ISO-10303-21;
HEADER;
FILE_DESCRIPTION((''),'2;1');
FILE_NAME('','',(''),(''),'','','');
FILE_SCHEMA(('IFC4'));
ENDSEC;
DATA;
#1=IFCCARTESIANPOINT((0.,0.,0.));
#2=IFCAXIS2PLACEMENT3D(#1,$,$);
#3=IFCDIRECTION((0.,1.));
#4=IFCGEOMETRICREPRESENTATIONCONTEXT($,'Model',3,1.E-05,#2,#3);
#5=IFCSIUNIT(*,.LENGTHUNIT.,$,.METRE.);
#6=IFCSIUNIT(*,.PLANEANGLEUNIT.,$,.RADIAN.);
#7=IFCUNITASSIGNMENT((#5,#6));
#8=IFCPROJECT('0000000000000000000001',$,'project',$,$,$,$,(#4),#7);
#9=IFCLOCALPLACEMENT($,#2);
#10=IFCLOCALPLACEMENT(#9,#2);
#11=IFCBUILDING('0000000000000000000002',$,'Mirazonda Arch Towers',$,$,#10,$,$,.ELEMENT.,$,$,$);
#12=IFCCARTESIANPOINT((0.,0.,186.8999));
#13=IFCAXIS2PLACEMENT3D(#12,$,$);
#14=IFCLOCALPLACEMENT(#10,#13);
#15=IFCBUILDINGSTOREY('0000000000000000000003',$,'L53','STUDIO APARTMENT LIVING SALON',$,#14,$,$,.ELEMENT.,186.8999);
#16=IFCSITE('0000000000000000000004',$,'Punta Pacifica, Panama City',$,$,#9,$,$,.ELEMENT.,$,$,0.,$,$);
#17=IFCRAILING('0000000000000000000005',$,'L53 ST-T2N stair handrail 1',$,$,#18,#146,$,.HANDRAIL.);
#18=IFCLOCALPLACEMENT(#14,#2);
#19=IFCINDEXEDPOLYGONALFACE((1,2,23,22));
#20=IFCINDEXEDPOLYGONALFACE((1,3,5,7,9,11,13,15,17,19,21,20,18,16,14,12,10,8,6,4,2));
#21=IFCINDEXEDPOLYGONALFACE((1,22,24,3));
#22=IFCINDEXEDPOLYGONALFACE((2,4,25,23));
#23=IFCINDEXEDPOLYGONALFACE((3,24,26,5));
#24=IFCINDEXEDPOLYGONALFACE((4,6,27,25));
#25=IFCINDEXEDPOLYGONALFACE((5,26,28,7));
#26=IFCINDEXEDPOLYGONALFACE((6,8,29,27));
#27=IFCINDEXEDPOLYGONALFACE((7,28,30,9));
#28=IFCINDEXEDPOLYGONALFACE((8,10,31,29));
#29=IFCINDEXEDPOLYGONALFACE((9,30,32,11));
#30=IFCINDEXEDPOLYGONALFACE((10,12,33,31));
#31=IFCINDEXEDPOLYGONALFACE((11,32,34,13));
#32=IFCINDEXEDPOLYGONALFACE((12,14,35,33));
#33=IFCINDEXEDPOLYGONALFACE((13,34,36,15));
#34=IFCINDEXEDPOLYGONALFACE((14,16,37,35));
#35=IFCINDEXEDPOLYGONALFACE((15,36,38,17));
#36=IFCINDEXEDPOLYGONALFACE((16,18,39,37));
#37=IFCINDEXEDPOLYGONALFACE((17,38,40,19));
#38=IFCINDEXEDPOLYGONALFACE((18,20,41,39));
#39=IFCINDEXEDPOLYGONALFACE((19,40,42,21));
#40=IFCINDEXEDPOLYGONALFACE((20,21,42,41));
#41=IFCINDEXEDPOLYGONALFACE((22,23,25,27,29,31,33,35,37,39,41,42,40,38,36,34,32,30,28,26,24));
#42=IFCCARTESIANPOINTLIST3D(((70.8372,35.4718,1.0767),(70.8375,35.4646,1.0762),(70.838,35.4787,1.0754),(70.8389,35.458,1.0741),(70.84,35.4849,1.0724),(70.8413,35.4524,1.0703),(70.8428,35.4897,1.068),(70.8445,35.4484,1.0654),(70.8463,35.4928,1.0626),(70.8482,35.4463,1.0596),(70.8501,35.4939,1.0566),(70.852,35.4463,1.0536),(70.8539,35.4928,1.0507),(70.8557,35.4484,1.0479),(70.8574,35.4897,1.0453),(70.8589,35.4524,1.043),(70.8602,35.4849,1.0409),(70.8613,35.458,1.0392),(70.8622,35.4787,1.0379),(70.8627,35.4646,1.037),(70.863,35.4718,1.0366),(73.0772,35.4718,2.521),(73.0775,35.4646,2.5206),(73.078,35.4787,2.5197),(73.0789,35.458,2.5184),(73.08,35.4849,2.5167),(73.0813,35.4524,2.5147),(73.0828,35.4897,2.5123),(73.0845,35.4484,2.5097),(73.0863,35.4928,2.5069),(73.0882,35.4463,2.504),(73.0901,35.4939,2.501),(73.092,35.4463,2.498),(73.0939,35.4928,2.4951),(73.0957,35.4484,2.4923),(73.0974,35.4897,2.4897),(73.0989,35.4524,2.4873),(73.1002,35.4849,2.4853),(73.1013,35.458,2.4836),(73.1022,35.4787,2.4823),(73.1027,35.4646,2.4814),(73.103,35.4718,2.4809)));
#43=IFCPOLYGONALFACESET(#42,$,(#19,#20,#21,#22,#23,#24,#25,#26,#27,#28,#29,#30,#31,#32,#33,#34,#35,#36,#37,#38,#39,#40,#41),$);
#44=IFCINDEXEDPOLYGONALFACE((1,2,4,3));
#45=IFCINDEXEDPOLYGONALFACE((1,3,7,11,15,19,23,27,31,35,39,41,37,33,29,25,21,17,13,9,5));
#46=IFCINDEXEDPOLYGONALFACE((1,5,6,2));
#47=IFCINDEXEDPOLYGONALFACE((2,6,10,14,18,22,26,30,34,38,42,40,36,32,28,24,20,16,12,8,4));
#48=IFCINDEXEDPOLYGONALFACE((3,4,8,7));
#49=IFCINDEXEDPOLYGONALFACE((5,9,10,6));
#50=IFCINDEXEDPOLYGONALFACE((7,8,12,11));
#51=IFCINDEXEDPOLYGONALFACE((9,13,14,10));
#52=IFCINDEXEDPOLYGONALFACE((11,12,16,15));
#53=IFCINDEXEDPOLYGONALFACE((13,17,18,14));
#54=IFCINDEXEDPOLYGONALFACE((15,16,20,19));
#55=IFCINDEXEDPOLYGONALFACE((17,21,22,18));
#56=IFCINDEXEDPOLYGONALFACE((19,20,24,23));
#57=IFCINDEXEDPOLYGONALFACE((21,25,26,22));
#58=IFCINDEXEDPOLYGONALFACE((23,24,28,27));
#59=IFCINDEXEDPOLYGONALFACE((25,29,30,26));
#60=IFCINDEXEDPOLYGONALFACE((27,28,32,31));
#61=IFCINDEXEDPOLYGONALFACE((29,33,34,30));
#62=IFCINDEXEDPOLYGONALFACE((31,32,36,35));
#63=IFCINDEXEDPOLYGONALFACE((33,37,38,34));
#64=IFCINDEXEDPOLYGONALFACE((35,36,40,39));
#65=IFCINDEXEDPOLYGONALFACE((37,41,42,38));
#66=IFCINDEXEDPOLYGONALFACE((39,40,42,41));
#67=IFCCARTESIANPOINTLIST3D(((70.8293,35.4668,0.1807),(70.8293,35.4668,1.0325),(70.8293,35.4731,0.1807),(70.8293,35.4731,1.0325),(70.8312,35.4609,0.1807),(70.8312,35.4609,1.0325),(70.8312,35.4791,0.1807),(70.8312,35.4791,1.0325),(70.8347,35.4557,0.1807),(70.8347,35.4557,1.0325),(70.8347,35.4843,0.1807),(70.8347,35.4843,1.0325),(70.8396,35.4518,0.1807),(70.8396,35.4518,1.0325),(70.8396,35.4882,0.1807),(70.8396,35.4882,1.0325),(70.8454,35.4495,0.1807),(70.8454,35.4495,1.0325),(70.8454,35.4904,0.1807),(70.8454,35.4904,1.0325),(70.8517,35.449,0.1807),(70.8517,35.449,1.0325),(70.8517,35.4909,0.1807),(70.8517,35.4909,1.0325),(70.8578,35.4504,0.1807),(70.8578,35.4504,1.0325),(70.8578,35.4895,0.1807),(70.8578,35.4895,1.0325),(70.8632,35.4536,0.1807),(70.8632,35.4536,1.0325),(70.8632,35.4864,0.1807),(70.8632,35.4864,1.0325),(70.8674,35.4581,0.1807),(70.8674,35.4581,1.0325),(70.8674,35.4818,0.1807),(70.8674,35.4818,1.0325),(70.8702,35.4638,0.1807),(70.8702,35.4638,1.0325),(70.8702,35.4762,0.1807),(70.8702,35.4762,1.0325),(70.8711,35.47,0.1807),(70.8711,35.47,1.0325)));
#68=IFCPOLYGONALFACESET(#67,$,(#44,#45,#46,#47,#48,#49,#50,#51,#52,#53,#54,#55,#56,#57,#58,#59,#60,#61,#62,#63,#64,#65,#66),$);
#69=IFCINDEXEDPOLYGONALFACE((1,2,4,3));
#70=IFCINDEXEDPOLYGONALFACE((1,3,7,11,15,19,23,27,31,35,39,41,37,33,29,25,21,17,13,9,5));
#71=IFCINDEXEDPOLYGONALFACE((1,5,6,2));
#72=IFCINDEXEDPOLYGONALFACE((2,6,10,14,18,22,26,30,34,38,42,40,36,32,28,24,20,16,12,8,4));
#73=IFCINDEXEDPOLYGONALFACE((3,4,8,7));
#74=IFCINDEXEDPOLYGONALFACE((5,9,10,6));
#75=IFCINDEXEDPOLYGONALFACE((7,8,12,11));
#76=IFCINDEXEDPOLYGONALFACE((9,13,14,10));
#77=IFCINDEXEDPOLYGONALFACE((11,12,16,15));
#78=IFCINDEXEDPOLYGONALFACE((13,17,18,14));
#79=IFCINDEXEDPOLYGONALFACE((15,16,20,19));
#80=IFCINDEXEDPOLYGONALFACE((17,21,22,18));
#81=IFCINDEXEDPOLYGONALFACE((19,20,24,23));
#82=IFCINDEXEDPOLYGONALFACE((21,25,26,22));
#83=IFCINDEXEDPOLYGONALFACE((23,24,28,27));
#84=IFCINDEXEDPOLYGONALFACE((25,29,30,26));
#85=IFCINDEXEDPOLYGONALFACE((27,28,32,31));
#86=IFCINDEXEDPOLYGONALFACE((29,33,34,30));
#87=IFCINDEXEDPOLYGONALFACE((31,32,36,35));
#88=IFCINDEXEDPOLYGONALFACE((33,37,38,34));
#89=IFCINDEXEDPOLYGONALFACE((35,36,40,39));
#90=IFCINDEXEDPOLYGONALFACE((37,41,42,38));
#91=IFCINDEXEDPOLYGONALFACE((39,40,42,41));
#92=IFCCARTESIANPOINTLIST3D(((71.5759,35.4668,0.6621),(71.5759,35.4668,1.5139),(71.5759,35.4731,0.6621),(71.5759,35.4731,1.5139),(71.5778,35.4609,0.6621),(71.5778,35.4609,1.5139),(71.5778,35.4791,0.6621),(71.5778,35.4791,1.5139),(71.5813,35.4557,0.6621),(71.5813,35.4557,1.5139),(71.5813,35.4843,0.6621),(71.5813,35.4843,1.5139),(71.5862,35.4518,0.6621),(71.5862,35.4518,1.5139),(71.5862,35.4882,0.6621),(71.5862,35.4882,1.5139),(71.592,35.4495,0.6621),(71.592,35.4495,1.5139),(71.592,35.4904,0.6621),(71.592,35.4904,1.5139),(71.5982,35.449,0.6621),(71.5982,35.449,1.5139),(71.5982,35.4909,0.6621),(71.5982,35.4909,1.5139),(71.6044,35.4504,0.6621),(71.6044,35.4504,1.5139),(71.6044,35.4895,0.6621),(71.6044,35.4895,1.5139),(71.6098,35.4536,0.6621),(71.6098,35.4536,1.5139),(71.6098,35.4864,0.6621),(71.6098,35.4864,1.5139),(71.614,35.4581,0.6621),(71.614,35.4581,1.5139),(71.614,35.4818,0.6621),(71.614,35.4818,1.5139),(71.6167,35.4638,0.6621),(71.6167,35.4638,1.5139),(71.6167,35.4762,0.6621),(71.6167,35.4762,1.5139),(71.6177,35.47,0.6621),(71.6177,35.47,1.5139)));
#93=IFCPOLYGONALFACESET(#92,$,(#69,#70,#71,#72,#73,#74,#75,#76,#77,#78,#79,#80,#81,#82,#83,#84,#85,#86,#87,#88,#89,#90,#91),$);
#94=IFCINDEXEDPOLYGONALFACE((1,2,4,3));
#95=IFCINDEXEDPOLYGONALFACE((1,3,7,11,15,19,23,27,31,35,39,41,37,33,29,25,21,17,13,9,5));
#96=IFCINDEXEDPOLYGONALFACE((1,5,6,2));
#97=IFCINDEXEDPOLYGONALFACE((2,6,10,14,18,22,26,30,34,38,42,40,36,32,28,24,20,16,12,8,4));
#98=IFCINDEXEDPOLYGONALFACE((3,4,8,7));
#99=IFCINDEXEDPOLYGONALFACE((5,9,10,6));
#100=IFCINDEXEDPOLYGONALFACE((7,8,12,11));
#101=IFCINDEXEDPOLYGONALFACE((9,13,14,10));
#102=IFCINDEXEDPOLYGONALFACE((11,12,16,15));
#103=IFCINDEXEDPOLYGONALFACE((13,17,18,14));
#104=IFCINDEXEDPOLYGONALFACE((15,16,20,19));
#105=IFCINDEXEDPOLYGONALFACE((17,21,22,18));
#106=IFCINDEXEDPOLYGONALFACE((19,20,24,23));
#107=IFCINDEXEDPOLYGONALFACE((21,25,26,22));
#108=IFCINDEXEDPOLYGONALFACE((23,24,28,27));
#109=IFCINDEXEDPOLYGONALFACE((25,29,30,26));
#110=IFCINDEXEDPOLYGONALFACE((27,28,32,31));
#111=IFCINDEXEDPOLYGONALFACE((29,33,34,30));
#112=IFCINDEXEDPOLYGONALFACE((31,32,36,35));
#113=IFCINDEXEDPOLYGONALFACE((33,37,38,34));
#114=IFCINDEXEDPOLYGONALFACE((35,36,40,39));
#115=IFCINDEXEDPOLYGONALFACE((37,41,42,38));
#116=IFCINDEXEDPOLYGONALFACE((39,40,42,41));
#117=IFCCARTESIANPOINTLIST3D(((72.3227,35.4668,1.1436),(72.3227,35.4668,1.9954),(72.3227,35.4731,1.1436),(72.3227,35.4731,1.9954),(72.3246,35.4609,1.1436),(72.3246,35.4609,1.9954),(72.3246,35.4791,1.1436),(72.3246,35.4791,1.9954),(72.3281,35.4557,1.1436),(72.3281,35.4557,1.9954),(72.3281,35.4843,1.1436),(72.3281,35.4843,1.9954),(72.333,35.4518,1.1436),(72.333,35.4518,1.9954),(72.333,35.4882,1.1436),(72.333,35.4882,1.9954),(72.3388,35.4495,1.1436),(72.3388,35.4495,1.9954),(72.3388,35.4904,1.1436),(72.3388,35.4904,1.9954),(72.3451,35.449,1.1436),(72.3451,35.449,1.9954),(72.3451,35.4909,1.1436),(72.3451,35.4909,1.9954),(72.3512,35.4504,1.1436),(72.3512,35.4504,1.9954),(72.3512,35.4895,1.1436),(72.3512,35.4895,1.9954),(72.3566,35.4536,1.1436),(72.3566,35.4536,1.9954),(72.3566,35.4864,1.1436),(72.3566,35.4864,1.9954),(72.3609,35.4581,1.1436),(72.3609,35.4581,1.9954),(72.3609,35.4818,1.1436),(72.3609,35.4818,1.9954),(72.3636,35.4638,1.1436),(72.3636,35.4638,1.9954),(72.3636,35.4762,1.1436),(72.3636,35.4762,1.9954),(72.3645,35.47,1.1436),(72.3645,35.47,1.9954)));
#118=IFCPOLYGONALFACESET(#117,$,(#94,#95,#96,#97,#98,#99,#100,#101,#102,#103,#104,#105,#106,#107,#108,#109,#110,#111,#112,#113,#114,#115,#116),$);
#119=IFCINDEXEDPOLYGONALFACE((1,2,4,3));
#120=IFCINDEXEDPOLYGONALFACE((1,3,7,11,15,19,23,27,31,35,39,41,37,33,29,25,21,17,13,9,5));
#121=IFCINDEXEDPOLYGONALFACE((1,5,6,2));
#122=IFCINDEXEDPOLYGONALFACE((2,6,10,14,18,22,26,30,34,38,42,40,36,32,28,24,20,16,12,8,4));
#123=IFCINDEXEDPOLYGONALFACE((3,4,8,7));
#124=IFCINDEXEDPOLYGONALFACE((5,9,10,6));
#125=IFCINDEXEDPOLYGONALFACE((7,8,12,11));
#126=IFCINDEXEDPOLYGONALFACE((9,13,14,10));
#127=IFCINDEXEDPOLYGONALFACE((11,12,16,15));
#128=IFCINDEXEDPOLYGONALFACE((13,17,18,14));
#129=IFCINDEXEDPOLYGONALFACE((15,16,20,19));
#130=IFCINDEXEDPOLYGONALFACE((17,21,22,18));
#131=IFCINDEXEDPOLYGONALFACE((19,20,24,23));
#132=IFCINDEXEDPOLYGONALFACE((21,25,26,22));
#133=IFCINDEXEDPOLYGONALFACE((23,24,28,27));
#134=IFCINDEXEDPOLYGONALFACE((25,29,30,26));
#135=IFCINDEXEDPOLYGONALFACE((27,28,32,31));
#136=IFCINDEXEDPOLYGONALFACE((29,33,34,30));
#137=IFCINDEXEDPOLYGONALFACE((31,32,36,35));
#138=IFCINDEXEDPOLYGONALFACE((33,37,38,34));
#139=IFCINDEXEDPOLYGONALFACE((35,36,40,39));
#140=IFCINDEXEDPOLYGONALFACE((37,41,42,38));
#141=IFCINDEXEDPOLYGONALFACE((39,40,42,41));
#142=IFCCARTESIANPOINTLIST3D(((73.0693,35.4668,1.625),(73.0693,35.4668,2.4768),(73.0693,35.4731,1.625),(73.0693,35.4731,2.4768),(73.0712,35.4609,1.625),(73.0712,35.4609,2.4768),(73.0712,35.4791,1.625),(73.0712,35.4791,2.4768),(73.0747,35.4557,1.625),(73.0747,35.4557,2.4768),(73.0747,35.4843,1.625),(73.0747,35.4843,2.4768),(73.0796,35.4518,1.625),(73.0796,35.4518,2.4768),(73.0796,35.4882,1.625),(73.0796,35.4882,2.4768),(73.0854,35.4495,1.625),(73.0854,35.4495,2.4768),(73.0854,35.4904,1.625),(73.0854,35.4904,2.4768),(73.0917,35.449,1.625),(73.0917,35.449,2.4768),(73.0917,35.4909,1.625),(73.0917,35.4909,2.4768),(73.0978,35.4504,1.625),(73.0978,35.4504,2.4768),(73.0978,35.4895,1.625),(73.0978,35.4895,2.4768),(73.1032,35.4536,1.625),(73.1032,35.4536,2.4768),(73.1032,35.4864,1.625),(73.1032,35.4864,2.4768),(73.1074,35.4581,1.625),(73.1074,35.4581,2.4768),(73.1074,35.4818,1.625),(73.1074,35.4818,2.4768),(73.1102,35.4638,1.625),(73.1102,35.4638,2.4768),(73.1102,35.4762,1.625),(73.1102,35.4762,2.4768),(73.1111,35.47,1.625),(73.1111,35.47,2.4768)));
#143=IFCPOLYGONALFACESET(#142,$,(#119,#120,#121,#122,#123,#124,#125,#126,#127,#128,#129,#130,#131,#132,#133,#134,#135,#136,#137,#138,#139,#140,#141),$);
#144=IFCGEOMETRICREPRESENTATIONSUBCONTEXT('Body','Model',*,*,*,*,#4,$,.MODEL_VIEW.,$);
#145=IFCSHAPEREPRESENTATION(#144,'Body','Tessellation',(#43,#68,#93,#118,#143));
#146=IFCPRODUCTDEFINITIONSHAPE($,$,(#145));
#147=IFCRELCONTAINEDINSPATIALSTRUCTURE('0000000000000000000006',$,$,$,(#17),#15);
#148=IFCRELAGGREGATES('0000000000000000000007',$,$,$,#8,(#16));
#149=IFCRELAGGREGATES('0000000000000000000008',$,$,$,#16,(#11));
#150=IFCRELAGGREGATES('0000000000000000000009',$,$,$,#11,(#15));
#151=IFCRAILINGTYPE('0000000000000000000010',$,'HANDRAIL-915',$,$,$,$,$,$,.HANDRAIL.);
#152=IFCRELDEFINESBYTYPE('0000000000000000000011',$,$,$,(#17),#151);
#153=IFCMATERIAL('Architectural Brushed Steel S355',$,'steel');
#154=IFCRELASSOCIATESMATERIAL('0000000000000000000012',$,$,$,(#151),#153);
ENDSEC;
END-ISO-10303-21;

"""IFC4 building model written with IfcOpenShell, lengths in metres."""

from ifc_helpers import new_model, si_unit, direction, frame, origin, origin_2d, place, context, subcontext, project, spatial, circle, extrude, material, type_object, element, save


model = new_model("IFC4")

# Units and contexts
model_context = context("Model", 3, precision=1e-05, world=origin(), true_north=direction((0.0, 1.0)))
body_context = subcontext(model_context, "Body", "Model", "MODEL_VIEW")
ifc_project = project(units=[si_unit("LENGTHUNIT", "METRE"), si_unit("PLANEANGLEUNIT", "RADIAN")], contexts=[model_context])

# Site, building, storey
site_placement = place(None, origin())
site = spatial("IfcSite", under=ifc_project, at=site_placement, Name="Punta Pacifica, Panama City", CompositionType="ELEMENT", RefElevation=0.0)
building_placement = place(site_placement, origin())
building = spatial("IfcBuilding", under=site, at=building_placement, Name="Mirazonda Arch Towers", CompositionType="ELEMENT")
storey_placement = place(building_placement, frame((0.0, 0.0, 186.8999)))
storey = spatial("IfcBuildingStorey", under=building, at=storey_placement, Name="L53", Description="STUDIO APARTMENT LIVING SALON", CompositionType="ELEMENT", Elevation=186.8999)

# Railing
ifc_material_1 = material(Name="Architectural Brushed Steel S355", Category="steel")
railing_type_1 = type_object("IfcRailingType", Name="HANDRAIL-915", PredefinedType="HANDRAIL", material=ifc_material_1)
railing_1_placement = place(storey_placement, frame((70.8501, 35.47, 0.1807)))
element("IfcRailing", 1, at=railing_1_placement, inside=storey, type_object=railing_type_1, Name="L53 ST-T2N stair handrail 1", PredefinedType="HANDRAIL", context=body_context, shape_type="SweptSolid", body=[
    extrude(circle(Radius=0.0239, at=origin_2d()), frame((0.0, 0.0, 0.876), z_axis=(0.840437, 0.0, 0.54191), x_axis=(0.0, 1.0, 0.0)), (0.0, 0.0, 1.0), 2.6653),
    extrude(circle(Radius=0.021, at=origin_2d()), origin(), (0.0, 0.0, 1.0), 0.8518),
    extrude(circle(Radius=0.021, at=origin_2d()), frame((0.7466, 0.0, 0.4814)), (0.0, 0.0, 1.0), 0.8518),
    extrude(circle(Radius=0.021, at=origin_2d()), frame((1.4934, 0.0, 0.9629)), (0.0, 0.0, 1.0), 0.8518),
    extrude(circle(Radius=0.021, at=origin_2d()), frame((2.24, 0.0, 1.4443)), (0.0, 0.0, 1.0), 0.8518),
])

save(model, "model.ifc")
